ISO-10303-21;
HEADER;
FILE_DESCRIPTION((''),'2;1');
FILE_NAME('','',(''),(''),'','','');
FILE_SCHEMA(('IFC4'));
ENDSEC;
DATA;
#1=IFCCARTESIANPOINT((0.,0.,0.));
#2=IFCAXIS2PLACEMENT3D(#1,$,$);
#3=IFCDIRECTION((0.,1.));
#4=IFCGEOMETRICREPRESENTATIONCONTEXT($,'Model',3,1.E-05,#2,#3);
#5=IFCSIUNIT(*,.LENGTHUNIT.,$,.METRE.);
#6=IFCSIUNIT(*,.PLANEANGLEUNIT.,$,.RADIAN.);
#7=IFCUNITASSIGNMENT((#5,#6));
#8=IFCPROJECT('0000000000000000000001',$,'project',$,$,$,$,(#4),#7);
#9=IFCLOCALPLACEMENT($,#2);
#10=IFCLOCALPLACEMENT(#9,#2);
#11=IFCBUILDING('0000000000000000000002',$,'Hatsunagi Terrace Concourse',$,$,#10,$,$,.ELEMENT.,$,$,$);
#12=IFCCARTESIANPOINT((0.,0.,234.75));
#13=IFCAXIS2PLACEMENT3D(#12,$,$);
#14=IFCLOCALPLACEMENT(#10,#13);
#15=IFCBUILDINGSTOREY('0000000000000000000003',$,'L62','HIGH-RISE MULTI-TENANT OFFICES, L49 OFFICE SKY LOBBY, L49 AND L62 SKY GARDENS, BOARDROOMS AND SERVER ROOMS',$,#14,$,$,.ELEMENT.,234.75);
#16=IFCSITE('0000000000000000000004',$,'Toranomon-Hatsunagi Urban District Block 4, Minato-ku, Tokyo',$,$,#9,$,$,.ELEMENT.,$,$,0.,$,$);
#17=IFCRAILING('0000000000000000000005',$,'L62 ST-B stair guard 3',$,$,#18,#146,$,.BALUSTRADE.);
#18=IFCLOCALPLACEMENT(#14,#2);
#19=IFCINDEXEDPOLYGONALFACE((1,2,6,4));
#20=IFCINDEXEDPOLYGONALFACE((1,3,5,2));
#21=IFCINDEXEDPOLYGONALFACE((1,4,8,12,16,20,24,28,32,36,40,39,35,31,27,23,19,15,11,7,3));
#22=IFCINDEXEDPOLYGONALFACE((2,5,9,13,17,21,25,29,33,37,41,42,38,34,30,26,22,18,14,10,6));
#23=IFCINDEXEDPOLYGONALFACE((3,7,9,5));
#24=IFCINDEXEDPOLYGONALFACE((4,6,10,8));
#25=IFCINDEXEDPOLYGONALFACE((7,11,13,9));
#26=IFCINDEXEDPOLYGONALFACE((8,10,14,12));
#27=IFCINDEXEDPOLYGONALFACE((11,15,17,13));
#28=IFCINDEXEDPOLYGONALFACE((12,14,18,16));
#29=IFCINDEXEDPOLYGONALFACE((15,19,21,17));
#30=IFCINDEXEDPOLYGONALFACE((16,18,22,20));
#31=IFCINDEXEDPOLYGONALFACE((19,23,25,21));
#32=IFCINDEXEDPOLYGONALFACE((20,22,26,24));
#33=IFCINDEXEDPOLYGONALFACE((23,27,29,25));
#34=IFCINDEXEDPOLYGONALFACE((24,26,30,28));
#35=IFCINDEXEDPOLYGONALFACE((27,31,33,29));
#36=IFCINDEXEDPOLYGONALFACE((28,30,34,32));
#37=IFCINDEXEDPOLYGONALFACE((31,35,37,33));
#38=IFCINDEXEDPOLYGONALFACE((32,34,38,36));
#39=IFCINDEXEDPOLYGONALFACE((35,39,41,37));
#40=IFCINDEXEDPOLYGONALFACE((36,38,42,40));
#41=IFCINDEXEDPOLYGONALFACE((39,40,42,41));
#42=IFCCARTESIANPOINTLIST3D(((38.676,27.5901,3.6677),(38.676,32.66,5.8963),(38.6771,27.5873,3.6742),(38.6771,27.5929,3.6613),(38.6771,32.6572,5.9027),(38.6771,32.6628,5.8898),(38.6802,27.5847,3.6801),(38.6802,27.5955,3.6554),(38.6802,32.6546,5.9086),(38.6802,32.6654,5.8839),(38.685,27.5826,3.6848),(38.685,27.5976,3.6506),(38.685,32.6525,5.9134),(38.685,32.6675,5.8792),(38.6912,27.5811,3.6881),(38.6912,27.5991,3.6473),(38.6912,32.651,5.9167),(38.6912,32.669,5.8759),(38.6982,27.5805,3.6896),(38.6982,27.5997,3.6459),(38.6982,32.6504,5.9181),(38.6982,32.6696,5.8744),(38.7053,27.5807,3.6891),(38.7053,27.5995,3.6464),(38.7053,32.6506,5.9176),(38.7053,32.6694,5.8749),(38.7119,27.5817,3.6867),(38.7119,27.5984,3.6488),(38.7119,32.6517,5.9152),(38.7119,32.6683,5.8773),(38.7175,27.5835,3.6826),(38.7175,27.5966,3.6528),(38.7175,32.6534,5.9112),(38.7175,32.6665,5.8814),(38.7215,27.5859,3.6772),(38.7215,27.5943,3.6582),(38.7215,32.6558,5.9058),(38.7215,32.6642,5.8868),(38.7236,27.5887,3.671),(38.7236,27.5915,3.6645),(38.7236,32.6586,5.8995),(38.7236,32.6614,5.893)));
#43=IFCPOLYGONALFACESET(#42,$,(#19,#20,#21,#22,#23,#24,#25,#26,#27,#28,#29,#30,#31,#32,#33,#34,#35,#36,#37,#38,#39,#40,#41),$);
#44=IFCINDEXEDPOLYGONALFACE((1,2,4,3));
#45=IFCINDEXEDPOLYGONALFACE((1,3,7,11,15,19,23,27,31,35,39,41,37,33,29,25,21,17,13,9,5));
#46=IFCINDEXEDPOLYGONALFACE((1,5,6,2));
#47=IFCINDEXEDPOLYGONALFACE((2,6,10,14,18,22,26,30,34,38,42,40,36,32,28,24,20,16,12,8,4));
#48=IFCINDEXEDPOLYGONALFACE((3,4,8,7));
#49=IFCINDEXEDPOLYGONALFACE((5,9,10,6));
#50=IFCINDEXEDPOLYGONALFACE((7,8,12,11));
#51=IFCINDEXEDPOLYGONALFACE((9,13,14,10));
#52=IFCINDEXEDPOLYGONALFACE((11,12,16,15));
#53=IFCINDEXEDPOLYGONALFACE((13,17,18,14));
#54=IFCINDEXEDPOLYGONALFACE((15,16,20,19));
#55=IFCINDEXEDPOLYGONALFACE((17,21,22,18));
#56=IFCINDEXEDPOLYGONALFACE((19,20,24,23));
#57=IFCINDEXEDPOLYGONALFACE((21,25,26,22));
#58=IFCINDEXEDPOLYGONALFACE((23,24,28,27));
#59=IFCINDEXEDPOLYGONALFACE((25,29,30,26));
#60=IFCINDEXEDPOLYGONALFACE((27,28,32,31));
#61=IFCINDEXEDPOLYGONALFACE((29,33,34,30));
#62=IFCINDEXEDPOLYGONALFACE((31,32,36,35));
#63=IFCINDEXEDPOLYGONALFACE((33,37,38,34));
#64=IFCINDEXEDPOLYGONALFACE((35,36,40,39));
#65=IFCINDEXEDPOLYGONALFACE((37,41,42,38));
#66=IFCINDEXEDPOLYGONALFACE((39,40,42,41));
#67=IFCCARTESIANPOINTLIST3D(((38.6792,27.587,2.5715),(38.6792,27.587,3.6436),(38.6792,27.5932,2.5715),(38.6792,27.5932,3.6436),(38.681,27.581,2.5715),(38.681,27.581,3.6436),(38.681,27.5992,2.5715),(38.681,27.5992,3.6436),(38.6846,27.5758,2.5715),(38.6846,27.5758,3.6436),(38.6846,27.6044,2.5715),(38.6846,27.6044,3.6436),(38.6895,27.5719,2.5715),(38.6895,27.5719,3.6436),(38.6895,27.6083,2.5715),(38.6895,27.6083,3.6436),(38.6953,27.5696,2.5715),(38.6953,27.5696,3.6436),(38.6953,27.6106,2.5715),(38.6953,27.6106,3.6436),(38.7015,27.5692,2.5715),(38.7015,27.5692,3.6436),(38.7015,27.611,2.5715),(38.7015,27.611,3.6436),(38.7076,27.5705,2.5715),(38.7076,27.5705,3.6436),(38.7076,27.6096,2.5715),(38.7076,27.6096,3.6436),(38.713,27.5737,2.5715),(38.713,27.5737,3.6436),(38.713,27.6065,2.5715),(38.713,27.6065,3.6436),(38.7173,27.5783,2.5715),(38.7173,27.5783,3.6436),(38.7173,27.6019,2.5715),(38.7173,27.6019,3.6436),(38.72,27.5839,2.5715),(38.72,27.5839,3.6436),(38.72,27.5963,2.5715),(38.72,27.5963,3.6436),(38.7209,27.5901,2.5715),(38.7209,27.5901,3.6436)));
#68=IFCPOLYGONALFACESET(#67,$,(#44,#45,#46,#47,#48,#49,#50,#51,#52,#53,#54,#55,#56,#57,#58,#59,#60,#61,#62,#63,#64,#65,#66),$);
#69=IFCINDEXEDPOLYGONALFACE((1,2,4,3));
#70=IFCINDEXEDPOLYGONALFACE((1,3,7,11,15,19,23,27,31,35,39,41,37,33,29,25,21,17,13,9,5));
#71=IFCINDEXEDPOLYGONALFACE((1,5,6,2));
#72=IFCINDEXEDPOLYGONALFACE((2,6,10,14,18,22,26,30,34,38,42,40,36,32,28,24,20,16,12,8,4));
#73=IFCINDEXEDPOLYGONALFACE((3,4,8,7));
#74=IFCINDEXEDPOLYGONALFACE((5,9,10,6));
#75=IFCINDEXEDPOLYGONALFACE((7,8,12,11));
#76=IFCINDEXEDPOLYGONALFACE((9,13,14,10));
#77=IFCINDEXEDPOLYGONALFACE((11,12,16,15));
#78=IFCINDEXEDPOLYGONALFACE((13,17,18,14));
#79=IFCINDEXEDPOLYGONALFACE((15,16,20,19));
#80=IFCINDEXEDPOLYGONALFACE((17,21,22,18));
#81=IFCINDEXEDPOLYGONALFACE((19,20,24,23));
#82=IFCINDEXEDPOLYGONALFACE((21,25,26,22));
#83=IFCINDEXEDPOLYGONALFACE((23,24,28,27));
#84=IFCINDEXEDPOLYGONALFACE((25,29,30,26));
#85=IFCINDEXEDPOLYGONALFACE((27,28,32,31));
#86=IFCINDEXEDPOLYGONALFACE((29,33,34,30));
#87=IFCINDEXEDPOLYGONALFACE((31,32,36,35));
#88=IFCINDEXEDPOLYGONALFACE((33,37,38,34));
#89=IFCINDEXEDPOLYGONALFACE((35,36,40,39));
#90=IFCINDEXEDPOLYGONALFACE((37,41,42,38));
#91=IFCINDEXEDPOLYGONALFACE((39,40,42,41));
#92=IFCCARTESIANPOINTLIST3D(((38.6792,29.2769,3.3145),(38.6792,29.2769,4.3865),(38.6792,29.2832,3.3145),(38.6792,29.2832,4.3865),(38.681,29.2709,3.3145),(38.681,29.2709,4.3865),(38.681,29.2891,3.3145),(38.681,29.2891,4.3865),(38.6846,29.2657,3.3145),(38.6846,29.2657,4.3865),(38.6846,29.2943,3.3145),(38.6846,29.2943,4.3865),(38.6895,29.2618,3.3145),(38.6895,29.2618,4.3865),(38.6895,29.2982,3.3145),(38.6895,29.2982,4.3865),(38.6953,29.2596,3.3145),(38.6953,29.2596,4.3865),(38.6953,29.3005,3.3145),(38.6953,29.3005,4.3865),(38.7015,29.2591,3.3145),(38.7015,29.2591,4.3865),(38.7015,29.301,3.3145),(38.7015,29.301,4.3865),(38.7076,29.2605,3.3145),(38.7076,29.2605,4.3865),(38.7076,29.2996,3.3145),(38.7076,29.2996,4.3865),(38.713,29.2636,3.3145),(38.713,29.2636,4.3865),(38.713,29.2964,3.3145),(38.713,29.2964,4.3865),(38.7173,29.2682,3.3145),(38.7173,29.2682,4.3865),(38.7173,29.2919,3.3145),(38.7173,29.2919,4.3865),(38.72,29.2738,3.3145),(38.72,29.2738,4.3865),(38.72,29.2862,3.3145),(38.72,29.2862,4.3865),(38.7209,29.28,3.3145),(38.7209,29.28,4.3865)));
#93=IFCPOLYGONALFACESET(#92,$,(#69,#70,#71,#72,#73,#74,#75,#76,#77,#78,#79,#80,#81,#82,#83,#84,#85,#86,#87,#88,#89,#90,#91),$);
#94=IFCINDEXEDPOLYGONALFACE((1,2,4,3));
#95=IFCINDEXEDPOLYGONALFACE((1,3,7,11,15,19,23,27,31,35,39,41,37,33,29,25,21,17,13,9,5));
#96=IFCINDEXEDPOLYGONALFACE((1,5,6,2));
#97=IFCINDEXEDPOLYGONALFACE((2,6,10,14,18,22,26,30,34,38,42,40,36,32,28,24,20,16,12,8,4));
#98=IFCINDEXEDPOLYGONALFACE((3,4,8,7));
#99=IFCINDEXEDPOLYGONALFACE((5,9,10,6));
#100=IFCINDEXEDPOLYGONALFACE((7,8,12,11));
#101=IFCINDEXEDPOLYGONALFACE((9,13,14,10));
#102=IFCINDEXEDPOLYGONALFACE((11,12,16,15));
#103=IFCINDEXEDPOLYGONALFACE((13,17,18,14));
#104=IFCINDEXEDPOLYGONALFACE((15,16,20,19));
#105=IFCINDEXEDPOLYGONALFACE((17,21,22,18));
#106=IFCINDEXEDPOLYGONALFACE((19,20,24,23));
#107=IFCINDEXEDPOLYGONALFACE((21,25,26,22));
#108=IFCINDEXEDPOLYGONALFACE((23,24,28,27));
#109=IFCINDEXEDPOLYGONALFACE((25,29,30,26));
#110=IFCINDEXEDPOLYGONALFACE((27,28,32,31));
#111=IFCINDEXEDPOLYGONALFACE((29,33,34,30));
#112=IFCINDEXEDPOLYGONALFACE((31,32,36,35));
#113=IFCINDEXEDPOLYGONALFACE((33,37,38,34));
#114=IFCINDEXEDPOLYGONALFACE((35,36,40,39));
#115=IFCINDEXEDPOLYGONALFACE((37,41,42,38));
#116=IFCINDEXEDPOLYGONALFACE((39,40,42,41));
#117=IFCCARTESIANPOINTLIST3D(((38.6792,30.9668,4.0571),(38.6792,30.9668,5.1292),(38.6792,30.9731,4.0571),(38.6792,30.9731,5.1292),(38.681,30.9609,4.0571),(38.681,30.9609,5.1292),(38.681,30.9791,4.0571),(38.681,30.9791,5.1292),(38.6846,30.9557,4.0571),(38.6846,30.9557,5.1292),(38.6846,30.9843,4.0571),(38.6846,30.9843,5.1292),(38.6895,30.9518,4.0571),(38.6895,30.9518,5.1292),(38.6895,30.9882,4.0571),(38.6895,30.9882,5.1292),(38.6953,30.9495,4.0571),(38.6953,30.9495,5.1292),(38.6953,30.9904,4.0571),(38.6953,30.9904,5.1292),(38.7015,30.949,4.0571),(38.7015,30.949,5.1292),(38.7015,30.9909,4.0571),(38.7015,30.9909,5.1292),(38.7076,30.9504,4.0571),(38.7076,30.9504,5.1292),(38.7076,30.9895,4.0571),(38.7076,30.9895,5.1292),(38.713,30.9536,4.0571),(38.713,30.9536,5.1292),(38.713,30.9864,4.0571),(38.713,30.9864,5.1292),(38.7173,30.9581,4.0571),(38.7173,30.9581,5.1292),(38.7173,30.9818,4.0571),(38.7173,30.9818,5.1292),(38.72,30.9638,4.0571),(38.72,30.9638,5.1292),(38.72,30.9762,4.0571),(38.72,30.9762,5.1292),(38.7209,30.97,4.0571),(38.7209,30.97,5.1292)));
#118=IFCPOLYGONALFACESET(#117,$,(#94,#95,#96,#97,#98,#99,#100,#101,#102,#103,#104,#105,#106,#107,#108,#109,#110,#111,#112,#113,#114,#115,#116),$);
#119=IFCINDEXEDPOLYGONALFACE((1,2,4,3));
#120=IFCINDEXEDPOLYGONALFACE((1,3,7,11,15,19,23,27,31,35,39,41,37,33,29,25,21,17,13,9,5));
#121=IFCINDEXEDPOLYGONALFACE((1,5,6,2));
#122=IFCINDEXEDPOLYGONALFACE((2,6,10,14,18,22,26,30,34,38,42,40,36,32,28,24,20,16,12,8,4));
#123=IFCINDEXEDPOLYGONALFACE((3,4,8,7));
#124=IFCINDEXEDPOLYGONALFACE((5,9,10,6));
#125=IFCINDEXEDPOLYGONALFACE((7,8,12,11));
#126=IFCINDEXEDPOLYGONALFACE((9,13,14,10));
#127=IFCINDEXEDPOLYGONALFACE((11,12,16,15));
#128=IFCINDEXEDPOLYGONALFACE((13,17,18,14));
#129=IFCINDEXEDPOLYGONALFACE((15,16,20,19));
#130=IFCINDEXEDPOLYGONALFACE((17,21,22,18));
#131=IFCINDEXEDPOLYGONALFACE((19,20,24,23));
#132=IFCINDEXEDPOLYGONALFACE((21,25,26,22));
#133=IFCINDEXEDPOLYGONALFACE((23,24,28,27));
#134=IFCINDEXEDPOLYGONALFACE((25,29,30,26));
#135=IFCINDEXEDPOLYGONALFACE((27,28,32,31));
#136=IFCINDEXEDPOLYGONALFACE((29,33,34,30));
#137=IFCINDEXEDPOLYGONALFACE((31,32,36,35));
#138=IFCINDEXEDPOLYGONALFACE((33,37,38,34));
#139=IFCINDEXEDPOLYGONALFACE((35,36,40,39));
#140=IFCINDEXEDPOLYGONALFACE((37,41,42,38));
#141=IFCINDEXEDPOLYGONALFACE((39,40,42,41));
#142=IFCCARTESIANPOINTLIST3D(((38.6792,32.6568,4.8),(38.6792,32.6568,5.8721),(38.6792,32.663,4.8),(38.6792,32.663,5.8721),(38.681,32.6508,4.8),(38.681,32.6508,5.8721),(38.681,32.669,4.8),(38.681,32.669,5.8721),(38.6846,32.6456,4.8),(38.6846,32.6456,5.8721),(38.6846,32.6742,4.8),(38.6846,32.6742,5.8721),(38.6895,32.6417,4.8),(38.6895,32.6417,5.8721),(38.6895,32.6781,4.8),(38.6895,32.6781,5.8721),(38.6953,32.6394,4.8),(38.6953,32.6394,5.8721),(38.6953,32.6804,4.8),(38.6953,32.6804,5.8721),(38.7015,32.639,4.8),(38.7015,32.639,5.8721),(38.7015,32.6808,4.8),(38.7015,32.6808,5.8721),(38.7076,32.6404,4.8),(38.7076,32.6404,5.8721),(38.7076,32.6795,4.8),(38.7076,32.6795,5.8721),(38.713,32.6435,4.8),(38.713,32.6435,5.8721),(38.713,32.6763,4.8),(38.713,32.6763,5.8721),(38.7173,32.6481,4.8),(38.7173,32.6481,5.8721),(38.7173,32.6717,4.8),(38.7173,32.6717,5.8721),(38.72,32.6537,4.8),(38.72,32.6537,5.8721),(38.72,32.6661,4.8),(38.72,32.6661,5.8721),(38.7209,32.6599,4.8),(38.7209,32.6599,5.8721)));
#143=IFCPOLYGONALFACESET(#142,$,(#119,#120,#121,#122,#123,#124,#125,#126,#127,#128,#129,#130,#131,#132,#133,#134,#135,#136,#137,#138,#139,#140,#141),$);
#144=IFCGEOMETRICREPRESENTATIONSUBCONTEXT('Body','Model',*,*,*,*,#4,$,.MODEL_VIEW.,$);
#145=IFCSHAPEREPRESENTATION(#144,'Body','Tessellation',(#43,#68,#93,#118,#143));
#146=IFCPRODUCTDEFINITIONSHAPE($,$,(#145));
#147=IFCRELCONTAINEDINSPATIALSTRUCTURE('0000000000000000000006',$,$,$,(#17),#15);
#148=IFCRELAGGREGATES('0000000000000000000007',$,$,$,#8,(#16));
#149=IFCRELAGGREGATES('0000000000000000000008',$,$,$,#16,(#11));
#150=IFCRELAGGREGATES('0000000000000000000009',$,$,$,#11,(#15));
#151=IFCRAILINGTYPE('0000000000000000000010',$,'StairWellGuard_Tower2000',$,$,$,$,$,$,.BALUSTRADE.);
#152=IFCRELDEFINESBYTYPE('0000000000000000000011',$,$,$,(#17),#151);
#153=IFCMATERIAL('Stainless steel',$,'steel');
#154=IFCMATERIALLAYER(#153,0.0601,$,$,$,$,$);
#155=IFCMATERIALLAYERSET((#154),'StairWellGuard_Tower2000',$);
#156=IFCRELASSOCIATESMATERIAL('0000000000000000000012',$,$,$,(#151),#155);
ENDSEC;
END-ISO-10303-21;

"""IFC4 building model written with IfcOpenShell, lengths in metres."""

from ifc_helpers import new_model, si_unit, direction, frame, origin, origin_2d, place, context, subcontext, project, spatial, circle, extrude, material, layer, layer_set, type_object, element, save


model = new_model("IFC4")

# Units and contexts
model_context = context("Model", 3, precision=1e-05, world=origin(), true_north=direction((0.0, 1.0)))
body_context = subcontext(model_context, "Body", "Model", "MODEL_VIEW")
ifc_project = project(units=[si_unit("LENGTHUNIT", "METRE"), si_unit("PLANEANGLEUNIT", "RADIAN")], contexts=[model_context])

# Site, building, storey
site_placement = place(None, origin())
site = spatial("IfcSite", under=ifc_project, at=site_placement, Name="Toranomon-Hatsunagi Urban District Block 4, Minato-ku, Tokyo", CompositionType="ELEMENT", RefElevation=0.0)
building_placement = place(site_placement, origin())
building = spatial("IfcBuilding", under=site, at=building_placement, Name="Hatsunagi Terrace Concourse", CompositionType="ELEMENT")
storey_placement = place(building_placement, frame((0.0, 0.0, 234.75)))
storey = spatial("IfcBuildingStorey", under=building, at=storey_placement, Name="L62", Description="HIGH-RISE MULTI-TENANT OFFICES, L49 OFFICE SKY LOBBY, L49 AND L62 SKY GARDENS, BOARDROOMS AND SERVER ROOMS", CompositionType="ELEMENT", Elevation=234.75)

# Railing
ifc_material_1 = material(Name="Stainless steel", Category="steel")
ifc_layer_1 = layer(ifc_material_1, 0.0601)
ifc_layer_set_1 = layer_set([ifc_layer_1], Name="StairWellGuard_Tower2000")
railing_type_1 = type_object("IfcRailingType", Name="StairWellGuard_Tower2000", PredefinedType="BALUSTRADE", material=ifc_layer_set_1)
railing_1_placement = place(storey_placement, frame((38.7, 27.5901, 2.5715)))
element("IfcRailing", 1, at=railing_1_placement, inside=storey, type_object=railing_type_1, Name="L62 ST-B stair guard 3", PredefinedType="BALUSTRADE", context=body_context, shape_type="SweptSolid", body=[
    extrude(circle(Radius=0.0239, at=origin_2d()), frame((0.0, 0.0, 1.0962), z_axis=(0.0, 0.915462, 0.402405), x_axis=(-1.0, 0.0, 0.0)), (0.0, 0.0, 1.0), 5.5381),
    extrude(circle(Radius=0.021, at=origin_2d()), origin(), (0.0, 0.0, 1.0), 1.072),
    extrude(circle(Radius=0.021, at=origin_2d()), frame((0.0, 1.6899, 0.7429)), (0.0, 0.0, 1.0), 1.072),
    extrude(circle(Radius=0.021, at=origin_2d()), frame((0.0, 3.3799, 1.4856)), (0.0, 0.0, 1.0), 1.072),
    extrude(circle(Radius=0.021, at=origin_2d()), frame((0.0, 5.0698, 2.2285)), (0.0, 0.0, 1.0), 1.072),
])

save(model, "model.ifc")
